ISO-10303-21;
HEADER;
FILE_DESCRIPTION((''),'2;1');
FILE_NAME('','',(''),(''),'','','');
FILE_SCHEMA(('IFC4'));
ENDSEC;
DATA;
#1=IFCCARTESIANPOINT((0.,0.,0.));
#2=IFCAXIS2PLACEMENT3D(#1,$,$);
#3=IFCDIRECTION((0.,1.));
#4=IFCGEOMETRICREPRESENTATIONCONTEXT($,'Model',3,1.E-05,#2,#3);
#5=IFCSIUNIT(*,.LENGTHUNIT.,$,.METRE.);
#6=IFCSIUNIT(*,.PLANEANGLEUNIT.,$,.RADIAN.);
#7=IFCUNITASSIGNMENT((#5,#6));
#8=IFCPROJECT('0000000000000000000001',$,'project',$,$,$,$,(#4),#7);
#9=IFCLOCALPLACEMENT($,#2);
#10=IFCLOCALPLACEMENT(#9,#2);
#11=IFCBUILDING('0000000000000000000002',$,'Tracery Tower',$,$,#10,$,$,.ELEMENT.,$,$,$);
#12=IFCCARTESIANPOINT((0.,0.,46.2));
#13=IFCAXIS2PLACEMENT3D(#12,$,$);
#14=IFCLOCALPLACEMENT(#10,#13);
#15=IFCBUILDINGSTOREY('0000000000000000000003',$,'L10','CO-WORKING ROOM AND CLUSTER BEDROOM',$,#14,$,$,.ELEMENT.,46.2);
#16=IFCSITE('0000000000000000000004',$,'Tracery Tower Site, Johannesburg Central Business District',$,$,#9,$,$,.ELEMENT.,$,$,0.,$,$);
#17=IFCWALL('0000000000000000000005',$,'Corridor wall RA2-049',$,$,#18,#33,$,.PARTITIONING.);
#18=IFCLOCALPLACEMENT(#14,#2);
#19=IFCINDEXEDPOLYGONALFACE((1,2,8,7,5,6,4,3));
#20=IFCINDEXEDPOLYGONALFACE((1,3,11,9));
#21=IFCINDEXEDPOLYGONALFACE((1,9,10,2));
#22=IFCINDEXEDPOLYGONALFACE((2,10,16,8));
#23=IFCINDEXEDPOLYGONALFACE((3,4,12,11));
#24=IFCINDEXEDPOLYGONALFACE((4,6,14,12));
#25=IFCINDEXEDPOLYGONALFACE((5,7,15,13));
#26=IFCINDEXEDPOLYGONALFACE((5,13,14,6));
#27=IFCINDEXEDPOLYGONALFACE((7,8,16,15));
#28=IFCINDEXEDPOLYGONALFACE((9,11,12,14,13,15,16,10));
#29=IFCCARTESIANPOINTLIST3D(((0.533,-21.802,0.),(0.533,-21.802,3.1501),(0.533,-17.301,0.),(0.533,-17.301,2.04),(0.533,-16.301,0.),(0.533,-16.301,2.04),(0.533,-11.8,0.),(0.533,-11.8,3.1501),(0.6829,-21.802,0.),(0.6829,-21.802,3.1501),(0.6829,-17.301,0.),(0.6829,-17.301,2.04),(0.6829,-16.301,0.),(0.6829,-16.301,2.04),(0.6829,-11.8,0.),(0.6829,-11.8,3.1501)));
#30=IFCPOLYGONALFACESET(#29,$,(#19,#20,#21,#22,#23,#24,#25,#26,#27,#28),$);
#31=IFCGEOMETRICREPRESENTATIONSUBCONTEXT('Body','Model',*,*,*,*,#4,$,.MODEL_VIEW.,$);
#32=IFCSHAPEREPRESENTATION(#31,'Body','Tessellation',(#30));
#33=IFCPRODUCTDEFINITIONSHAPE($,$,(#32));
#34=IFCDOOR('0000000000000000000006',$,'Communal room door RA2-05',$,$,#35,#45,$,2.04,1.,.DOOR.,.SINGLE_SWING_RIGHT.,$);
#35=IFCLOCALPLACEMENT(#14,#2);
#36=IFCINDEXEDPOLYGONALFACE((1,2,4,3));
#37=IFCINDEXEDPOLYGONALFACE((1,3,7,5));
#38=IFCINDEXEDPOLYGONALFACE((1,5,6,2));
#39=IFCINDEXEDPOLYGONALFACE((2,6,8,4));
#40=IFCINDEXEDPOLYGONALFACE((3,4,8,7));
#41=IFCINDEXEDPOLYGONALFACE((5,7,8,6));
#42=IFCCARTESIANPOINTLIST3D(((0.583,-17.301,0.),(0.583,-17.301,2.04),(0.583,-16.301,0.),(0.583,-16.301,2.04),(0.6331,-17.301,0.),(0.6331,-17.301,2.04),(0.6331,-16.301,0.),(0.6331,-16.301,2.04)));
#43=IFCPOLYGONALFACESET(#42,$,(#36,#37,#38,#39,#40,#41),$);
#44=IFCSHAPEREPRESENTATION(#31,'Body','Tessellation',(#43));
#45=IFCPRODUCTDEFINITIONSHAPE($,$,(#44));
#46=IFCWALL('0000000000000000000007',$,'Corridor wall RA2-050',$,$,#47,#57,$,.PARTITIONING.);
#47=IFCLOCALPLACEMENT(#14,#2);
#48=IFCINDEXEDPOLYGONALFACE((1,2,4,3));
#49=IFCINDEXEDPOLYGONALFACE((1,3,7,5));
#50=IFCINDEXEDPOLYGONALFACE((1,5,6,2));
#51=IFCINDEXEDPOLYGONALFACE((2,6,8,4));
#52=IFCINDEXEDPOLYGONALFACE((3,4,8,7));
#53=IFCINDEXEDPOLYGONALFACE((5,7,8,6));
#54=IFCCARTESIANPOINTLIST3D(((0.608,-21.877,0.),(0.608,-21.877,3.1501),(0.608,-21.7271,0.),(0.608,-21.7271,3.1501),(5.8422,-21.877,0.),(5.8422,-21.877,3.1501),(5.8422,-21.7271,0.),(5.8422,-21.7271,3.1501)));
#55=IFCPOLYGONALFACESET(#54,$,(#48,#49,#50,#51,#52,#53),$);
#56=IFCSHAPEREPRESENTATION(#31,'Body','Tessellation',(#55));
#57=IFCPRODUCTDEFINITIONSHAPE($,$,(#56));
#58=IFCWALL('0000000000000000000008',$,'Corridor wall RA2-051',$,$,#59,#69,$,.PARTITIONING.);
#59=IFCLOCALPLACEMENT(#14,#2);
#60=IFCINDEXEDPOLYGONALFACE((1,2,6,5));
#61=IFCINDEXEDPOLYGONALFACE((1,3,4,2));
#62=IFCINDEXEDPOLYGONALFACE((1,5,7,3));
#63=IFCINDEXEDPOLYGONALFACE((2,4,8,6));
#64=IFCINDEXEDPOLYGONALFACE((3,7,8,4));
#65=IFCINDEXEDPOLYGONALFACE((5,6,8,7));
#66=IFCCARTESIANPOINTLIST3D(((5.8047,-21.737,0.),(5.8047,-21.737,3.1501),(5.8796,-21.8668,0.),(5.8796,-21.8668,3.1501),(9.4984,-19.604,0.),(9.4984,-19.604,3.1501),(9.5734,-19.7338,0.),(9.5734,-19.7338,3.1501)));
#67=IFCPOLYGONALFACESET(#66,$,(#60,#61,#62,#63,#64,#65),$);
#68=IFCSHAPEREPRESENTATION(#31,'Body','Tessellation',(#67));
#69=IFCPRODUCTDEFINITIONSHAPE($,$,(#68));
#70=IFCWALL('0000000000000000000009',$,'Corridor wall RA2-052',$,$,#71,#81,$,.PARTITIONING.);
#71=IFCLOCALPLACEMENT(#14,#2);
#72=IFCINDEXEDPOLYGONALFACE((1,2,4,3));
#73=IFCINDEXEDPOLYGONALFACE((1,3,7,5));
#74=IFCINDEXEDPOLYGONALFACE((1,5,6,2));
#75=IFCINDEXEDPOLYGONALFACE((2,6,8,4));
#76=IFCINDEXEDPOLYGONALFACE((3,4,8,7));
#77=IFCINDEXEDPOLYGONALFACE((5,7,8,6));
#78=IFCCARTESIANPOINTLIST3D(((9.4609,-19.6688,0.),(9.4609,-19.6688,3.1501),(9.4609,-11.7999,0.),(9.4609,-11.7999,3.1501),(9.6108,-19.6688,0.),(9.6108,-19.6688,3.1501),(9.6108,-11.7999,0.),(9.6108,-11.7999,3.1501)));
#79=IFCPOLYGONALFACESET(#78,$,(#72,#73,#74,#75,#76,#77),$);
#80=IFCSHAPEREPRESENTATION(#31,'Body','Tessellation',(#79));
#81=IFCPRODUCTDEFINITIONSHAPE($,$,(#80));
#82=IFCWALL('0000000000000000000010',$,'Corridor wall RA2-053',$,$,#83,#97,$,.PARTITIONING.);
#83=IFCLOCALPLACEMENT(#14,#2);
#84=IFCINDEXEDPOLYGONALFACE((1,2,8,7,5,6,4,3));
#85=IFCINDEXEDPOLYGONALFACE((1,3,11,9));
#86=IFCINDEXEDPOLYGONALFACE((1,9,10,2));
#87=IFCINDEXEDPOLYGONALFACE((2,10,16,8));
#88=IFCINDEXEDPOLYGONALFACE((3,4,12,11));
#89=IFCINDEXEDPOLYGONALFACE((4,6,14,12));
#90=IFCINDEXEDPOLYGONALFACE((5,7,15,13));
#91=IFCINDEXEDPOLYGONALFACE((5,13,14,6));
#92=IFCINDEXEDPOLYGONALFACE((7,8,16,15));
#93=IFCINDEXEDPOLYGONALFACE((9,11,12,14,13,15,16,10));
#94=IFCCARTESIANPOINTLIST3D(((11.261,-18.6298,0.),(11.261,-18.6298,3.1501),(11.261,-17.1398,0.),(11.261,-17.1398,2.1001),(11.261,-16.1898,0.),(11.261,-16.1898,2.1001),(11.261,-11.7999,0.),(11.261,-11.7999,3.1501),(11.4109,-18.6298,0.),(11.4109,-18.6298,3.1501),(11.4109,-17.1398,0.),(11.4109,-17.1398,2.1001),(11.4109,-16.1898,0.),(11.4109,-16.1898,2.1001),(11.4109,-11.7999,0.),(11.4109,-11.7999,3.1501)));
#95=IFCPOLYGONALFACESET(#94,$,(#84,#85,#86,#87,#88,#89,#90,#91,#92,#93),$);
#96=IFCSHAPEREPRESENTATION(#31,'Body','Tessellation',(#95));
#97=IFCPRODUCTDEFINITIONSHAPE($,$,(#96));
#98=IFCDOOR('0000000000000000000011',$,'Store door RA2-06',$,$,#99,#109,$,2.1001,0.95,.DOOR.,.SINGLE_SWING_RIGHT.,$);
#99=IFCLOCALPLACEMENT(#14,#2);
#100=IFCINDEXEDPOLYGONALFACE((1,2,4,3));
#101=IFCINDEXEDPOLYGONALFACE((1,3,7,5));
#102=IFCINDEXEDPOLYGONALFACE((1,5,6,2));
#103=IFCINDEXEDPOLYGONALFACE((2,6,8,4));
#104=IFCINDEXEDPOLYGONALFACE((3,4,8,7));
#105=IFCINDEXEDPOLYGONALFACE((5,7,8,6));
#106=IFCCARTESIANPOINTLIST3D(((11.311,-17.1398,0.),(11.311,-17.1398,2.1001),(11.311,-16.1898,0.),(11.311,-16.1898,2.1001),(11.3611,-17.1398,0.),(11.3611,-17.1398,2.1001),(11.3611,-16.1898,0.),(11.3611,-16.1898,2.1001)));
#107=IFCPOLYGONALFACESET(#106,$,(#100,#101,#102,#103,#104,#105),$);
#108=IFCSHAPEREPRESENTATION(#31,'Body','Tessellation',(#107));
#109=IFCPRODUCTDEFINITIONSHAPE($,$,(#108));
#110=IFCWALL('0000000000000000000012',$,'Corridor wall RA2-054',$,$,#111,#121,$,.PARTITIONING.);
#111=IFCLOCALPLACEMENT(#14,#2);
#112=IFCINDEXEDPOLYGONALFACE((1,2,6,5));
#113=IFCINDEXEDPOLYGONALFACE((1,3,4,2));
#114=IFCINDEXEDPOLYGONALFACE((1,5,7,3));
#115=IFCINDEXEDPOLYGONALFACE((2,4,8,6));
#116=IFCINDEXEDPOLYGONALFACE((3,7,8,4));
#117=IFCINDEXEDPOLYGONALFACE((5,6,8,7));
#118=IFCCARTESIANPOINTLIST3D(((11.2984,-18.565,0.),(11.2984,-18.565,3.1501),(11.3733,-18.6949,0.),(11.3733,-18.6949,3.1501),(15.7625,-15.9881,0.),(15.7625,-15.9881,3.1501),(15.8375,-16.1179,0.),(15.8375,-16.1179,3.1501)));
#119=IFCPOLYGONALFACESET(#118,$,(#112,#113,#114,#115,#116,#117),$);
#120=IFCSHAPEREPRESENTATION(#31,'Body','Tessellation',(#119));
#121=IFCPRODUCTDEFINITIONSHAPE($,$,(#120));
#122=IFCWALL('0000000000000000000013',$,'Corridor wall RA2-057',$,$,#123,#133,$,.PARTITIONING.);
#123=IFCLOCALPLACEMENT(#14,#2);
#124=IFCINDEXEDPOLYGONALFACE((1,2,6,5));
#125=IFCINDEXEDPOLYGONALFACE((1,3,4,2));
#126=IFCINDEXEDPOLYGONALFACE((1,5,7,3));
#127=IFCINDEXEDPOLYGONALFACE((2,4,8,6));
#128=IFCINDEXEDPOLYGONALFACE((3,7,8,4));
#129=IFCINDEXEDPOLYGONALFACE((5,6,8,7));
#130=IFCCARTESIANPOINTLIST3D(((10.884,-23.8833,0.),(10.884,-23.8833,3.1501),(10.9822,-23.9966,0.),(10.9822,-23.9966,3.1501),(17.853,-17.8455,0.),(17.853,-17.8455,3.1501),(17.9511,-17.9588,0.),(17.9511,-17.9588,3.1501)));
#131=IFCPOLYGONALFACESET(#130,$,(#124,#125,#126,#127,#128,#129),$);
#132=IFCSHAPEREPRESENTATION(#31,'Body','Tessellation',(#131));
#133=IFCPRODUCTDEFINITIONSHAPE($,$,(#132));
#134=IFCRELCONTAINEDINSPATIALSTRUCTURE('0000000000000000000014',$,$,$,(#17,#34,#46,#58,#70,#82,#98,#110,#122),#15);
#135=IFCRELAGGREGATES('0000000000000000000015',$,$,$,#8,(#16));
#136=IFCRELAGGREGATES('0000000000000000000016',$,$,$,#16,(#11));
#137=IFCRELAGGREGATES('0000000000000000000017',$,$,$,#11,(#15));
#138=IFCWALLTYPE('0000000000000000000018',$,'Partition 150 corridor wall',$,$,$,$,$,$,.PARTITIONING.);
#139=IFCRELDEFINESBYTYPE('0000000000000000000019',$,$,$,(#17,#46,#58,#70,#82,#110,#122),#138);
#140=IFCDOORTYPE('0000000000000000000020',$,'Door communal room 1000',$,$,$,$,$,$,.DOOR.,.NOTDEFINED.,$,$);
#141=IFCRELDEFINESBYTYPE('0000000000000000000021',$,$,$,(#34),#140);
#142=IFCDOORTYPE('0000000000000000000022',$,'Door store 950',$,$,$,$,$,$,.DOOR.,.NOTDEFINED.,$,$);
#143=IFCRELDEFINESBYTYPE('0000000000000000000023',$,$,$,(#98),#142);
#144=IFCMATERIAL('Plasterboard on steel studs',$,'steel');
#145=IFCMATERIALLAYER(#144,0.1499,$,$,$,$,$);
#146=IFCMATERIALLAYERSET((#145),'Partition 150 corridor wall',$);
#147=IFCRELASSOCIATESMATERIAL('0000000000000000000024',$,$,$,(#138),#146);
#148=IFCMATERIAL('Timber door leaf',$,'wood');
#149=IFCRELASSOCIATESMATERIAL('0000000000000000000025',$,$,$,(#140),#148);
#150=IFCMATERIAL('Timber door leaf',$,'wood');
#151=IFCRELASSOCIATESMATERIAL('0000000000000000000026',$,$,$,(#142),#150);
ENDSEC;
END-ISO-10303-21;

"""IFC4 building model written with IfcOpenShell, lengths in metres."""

from ifc_helpers import new_model, si_unit, direction, frame, frame_2d, origin, place, context, subcontext, project, spatial, rectangle, extrude, material, layer, layer_set, type_object, element, fill, save


model = new_model("IFC4")

# Units and contexts
model_context = context("Model", 3, precision=1e-05, world=origin(), true_north=direction((0.0, 1.0)))
body_context = subcontext(model_context, "Body", "Model", "MODEL_VIEW")
ifc_project = project(units=[si_unit("LENGTHUNIT", "METRE"), si_unit("PLANEANGLEUNIT", "RADIAN")], contexts=[model_context])

# Site, building, storey
site_placement = place(None, origin())
site = spatial("IfcSite", under=ifc_project, at=site_placement, Name="Tracery Tower Site, Johannesburg Central Business District", CompositionType="ELEMENT", RefElevation=0.0)
building_placement = place(site_placement, origin())
building = spatial("IfcBuilding", under=site, at=building_placement, Name="Tracery Tower", CompositionType="ELEMENT")
storey_placement = place(building_placement, frame((0.0, 0.0, 46.2)))
storey = spatial("IfcBuildingStorey", under=building, at=storey_placement, Name="L10", Description="CO-WORKING ROOM AND CLUSTER BEDROOM", CompositionType="ELEMENT", Elevation=46.2)

# Shared definitions
ifc_material_1 = material(Name="Plasterboard on steel studs", Category="steel")
ifc_layer_1 = layer(ifc_material_1, 0.1499)
ifc_layer_set_1 = layer_set([ifc_layer_1], Name="Partition 150 corridor wall")
wall_type_1 = type_object("IfcWallType", Name="Partition 150 corridor wall", PredefinedType="PARTITIONING", material=ifc_layer_set_1)

# Wall, opening, door
wall_1_placement = place(storey_placement, frame((0.6079, -21.802, 0.0), z_axis=(0.0, 0.0, 1.0), x_axis=(0.0, 1.0, 0.0)))
wall_1 = element("IfcWall", 1, at=wall_1_placement, inside=storey, type_object=wall_type_1, Name="Corridor wall RA2-049", PredefinedType="PARTITIONING", context=body_context, shape_type="SweptSolid", body=[
    extrude(rectangle(XDim=10.002, YDim=0.1499, at=frame_2d((5.001, 0.0))), origin(), (0.0, 0.0, 1.0), 3.1501),
])
opening_1_placement = place(wall_1_placement, frame((4.501, 0.0, 0.0)))
opening_1 = element("IfcOpeningElement", 2, at=opening_1_placement, cuts=wall_1, PredefinedType="OPENING", context=body_context, shape_type="SweptSolid", body=[
    extrude(rectangle(XDim=1.0, YDim=2.04, at=frame_2d((0.5, 1.02))), frame((0.0, 0.075, 0.0), z_axis=(0.0, -1.0, 0.0), x_axis=(1.0, 0.0, 0.0)), (0.0, 0.0, 1.0), 0.1499),
])
ifc_material_2 = material(Name="Timber door leaf", Category="wood")
door_type_1 = type_object("IfcDoorType", Name="Door communal room 1000", OperationType="NOTDEFINED", PredefinedType="DOOR", material=ifc_material_2)
door_1_placement = place(opening_1_placement, origin())
door_1 = element("IfcDoor", 3, at=door_1_placement, inside=storey, type_object=door_type_1, Name="Communal room door RA2-05", OperationType="SINGLE_SWING_RIGHT", OverallHeight=2.04, OverallWidth=1.0, PredefinedType="DOOR", context=body_context, shape_type="SweptSolid", body=[
    extrude(rectangle(XDim=1.0, YDim=2.04, at=frame_2d((0.5, 1.02))), frame((0.0, 0.0249, 0.0), z_axis=(0.0, -1.0, 0.0), x_axis=(1.0, 0.0, 0.0)), (0.0, 0.0, 1.0), 0.05),
])
fill(opening_1, door_1)

# Walls
wall_2_placement = place(storey_placement, frame((0.6079, -21.802, 0.0), z_axis=(0.0, 0.0, 1.0), x_axis=(1.0, 0.0, 0.0)))
element("IfcWall", 4, at=wall_2_placement, inside=storey, type_object=wall_type_1, Name="Corridor wall RA2-050", PredefinedType="PARTITIONING", context=body_context, shape_type="SweptSolid", body=[
    extrude(rectangle(XDim=5.2341, YDim=0.1499, at=frame_2d((2.6172, 0.0))), origin(), (0.0, 0.0, 1.0), 3.1501),
])
wall_3_placement = place(storey_placement, frame((5.842, -21.802, 0.0), z_axis=(0.0, 0.0, 1.0), x_axis=(0.865984, 0.500073, 0.0)))
element("IfcWall", 5, at=wall_3_placement, inside=storey, type_object=wall_type_1, Name="Corridor wall RA2-051", PredefinedType="PARTITIONING", context=body_context, shape_type="SweptSolid", body=[
    extrude(rectangle(XDim=4.2654, YDim=0.1499, at=frame_2d((2.1328, 0.0))), origin(), (0.0, 0.0, 1.0), 3.1501),
])
wall_4_placement = place(storey_placement, frame((9.5359, -19.6689, 0.0), z_axis=(0.0, 0.0, 1.0), x_axis=(0.0, 1.0, 0.0)))
element("IfcWall", 6, at=wall_4_placement, inside=storey, type_object=wall_type_1, Name="Corridor wall RA2-052", PredefinedType="PARTITIONING", context=body_context, shape_type="SweptSolid", body=[
    extrude(rectangle(XDim=7.8689, YDim=0.1499, at=frame_2d((3.9346, 0.0))), origin(), (0.0, 0.0, 1.0), 3.1501),
])

# Wall, opening, door
wall_5_placement = place(storey_placement, frame((11.3359, -18.6299, 0.0), z_axis=(0.0, 0.0, 1.0), x_axis=(0.0, 1.0, 0.0)))
wall_5 = element("IfcWall", 7, at=wall_5_placement, inside=storey, type_object=wall_type_1, Name="Corridor wall RA2-053", PredefinedType="PARTITIONING", context=body_context, shape_type="SweptSolid", body=[
    extrude(rectangle(XDim=6.8298, YDim=0.1499, at=frame_2d((3.415, 0.0))), origin(), (0.0, 0.0, 1.0), 3.1501),
])
opening_2_placement = place(wall_5_placement, frame((1.49, 0.0, 0.0)))
opening_2 = element("IfcOpeningElement", 8, at=opening_2_placement, cuts=wall_5, PredefinedType="OPENING", context=body_context, shape_type="SweptSolid", body=[
    extrude(rectangle(XDim=0.95, YDim=2.1001, at=frame_2d((0.4751, 1.05))), frame((0.0, 0.075, 0.0), z_axis=(0.0, -1.0, 0.0), x_axis=(1.0, 0.0, 0.0)), (0.0, 0.0, 1.0), 0.1499),
])
ifc_material_3 = material(Name="Timber door leaf", Category="wood")
door_type_2 = type_object("IfcDoorType", Name="Door store 950", OperationType="NOTDEFINED", PredefinedType="DOOR", material=ifc_material_3)
door_2_placement = place(opening_2_placement, origin())
door_2 = element("IfcDoor", 9, at=door_2_placement, inside=storey, type_object=door_type_2, Name="Store door RA2-06", OperationType="SINGLE_SWING_RIGHT", OverallHeight=2.1001, OverallWidth=0.95, PredefinedType="DOOR", context=body_context, shape_type="SweptSolid", body=[
    extrude(rectangle(XDim=0.95, YDim=2.1001, at=frame_2d((0.4751, 1.05))), frame((0.0, 0.0249, 0.0), z_axis=(0.0, -1.0, 0.0), x_axis=(1.0, 0.0, 0.0)), (0.0, 0.0, 1.0), 0.05),
])
fill(opening_2, door_2)

# Walls
wall_6_placement = place(storey_placement, frame((11.3359, -18.6299, 0.0), z_axis=(0.0, 0.0, 1.0), x_axis=(0.866063, 0.499934, 0.0)))
element("IfcWall", 10, at=wall_6_placement, inside=storey, type_object=wall_type_1, Name="Corridor wall RA2-054", PredefinedType="PARTITIONING", context=body_context, shape_type="SweptSolid", body=[
    extrude(rectangle(XDim=5.1545, YDim=0.1499, at=frame_2d((2.5771, 0.0))), origin(), (0.0, 0.0, 1.0), 3.1501),
])
wall_7_placement = place(storey_placement, frame((10.9331, -23.9399, 0.0), z_axis=(0.0, 0.0, 1.0), x_axis=(0.755794, 0.65481, 0.0)))
element("IfcWall", 11, at=wall_7_placement, inside=storey, type_object=wall_type_1, Name="Corridor wall RA2-057", PredefinedType="PARTITIONING", context=body_context, shape_type="SweptSolid", body=[
    extrude(rectangle(XDim=9.2207, YDim=0.1499, at=frame_2d((4.6104, 0.0))), origin(), (0.0, 0.0, 1.0), 3.1501),
])

save(model, "model.ifc")
